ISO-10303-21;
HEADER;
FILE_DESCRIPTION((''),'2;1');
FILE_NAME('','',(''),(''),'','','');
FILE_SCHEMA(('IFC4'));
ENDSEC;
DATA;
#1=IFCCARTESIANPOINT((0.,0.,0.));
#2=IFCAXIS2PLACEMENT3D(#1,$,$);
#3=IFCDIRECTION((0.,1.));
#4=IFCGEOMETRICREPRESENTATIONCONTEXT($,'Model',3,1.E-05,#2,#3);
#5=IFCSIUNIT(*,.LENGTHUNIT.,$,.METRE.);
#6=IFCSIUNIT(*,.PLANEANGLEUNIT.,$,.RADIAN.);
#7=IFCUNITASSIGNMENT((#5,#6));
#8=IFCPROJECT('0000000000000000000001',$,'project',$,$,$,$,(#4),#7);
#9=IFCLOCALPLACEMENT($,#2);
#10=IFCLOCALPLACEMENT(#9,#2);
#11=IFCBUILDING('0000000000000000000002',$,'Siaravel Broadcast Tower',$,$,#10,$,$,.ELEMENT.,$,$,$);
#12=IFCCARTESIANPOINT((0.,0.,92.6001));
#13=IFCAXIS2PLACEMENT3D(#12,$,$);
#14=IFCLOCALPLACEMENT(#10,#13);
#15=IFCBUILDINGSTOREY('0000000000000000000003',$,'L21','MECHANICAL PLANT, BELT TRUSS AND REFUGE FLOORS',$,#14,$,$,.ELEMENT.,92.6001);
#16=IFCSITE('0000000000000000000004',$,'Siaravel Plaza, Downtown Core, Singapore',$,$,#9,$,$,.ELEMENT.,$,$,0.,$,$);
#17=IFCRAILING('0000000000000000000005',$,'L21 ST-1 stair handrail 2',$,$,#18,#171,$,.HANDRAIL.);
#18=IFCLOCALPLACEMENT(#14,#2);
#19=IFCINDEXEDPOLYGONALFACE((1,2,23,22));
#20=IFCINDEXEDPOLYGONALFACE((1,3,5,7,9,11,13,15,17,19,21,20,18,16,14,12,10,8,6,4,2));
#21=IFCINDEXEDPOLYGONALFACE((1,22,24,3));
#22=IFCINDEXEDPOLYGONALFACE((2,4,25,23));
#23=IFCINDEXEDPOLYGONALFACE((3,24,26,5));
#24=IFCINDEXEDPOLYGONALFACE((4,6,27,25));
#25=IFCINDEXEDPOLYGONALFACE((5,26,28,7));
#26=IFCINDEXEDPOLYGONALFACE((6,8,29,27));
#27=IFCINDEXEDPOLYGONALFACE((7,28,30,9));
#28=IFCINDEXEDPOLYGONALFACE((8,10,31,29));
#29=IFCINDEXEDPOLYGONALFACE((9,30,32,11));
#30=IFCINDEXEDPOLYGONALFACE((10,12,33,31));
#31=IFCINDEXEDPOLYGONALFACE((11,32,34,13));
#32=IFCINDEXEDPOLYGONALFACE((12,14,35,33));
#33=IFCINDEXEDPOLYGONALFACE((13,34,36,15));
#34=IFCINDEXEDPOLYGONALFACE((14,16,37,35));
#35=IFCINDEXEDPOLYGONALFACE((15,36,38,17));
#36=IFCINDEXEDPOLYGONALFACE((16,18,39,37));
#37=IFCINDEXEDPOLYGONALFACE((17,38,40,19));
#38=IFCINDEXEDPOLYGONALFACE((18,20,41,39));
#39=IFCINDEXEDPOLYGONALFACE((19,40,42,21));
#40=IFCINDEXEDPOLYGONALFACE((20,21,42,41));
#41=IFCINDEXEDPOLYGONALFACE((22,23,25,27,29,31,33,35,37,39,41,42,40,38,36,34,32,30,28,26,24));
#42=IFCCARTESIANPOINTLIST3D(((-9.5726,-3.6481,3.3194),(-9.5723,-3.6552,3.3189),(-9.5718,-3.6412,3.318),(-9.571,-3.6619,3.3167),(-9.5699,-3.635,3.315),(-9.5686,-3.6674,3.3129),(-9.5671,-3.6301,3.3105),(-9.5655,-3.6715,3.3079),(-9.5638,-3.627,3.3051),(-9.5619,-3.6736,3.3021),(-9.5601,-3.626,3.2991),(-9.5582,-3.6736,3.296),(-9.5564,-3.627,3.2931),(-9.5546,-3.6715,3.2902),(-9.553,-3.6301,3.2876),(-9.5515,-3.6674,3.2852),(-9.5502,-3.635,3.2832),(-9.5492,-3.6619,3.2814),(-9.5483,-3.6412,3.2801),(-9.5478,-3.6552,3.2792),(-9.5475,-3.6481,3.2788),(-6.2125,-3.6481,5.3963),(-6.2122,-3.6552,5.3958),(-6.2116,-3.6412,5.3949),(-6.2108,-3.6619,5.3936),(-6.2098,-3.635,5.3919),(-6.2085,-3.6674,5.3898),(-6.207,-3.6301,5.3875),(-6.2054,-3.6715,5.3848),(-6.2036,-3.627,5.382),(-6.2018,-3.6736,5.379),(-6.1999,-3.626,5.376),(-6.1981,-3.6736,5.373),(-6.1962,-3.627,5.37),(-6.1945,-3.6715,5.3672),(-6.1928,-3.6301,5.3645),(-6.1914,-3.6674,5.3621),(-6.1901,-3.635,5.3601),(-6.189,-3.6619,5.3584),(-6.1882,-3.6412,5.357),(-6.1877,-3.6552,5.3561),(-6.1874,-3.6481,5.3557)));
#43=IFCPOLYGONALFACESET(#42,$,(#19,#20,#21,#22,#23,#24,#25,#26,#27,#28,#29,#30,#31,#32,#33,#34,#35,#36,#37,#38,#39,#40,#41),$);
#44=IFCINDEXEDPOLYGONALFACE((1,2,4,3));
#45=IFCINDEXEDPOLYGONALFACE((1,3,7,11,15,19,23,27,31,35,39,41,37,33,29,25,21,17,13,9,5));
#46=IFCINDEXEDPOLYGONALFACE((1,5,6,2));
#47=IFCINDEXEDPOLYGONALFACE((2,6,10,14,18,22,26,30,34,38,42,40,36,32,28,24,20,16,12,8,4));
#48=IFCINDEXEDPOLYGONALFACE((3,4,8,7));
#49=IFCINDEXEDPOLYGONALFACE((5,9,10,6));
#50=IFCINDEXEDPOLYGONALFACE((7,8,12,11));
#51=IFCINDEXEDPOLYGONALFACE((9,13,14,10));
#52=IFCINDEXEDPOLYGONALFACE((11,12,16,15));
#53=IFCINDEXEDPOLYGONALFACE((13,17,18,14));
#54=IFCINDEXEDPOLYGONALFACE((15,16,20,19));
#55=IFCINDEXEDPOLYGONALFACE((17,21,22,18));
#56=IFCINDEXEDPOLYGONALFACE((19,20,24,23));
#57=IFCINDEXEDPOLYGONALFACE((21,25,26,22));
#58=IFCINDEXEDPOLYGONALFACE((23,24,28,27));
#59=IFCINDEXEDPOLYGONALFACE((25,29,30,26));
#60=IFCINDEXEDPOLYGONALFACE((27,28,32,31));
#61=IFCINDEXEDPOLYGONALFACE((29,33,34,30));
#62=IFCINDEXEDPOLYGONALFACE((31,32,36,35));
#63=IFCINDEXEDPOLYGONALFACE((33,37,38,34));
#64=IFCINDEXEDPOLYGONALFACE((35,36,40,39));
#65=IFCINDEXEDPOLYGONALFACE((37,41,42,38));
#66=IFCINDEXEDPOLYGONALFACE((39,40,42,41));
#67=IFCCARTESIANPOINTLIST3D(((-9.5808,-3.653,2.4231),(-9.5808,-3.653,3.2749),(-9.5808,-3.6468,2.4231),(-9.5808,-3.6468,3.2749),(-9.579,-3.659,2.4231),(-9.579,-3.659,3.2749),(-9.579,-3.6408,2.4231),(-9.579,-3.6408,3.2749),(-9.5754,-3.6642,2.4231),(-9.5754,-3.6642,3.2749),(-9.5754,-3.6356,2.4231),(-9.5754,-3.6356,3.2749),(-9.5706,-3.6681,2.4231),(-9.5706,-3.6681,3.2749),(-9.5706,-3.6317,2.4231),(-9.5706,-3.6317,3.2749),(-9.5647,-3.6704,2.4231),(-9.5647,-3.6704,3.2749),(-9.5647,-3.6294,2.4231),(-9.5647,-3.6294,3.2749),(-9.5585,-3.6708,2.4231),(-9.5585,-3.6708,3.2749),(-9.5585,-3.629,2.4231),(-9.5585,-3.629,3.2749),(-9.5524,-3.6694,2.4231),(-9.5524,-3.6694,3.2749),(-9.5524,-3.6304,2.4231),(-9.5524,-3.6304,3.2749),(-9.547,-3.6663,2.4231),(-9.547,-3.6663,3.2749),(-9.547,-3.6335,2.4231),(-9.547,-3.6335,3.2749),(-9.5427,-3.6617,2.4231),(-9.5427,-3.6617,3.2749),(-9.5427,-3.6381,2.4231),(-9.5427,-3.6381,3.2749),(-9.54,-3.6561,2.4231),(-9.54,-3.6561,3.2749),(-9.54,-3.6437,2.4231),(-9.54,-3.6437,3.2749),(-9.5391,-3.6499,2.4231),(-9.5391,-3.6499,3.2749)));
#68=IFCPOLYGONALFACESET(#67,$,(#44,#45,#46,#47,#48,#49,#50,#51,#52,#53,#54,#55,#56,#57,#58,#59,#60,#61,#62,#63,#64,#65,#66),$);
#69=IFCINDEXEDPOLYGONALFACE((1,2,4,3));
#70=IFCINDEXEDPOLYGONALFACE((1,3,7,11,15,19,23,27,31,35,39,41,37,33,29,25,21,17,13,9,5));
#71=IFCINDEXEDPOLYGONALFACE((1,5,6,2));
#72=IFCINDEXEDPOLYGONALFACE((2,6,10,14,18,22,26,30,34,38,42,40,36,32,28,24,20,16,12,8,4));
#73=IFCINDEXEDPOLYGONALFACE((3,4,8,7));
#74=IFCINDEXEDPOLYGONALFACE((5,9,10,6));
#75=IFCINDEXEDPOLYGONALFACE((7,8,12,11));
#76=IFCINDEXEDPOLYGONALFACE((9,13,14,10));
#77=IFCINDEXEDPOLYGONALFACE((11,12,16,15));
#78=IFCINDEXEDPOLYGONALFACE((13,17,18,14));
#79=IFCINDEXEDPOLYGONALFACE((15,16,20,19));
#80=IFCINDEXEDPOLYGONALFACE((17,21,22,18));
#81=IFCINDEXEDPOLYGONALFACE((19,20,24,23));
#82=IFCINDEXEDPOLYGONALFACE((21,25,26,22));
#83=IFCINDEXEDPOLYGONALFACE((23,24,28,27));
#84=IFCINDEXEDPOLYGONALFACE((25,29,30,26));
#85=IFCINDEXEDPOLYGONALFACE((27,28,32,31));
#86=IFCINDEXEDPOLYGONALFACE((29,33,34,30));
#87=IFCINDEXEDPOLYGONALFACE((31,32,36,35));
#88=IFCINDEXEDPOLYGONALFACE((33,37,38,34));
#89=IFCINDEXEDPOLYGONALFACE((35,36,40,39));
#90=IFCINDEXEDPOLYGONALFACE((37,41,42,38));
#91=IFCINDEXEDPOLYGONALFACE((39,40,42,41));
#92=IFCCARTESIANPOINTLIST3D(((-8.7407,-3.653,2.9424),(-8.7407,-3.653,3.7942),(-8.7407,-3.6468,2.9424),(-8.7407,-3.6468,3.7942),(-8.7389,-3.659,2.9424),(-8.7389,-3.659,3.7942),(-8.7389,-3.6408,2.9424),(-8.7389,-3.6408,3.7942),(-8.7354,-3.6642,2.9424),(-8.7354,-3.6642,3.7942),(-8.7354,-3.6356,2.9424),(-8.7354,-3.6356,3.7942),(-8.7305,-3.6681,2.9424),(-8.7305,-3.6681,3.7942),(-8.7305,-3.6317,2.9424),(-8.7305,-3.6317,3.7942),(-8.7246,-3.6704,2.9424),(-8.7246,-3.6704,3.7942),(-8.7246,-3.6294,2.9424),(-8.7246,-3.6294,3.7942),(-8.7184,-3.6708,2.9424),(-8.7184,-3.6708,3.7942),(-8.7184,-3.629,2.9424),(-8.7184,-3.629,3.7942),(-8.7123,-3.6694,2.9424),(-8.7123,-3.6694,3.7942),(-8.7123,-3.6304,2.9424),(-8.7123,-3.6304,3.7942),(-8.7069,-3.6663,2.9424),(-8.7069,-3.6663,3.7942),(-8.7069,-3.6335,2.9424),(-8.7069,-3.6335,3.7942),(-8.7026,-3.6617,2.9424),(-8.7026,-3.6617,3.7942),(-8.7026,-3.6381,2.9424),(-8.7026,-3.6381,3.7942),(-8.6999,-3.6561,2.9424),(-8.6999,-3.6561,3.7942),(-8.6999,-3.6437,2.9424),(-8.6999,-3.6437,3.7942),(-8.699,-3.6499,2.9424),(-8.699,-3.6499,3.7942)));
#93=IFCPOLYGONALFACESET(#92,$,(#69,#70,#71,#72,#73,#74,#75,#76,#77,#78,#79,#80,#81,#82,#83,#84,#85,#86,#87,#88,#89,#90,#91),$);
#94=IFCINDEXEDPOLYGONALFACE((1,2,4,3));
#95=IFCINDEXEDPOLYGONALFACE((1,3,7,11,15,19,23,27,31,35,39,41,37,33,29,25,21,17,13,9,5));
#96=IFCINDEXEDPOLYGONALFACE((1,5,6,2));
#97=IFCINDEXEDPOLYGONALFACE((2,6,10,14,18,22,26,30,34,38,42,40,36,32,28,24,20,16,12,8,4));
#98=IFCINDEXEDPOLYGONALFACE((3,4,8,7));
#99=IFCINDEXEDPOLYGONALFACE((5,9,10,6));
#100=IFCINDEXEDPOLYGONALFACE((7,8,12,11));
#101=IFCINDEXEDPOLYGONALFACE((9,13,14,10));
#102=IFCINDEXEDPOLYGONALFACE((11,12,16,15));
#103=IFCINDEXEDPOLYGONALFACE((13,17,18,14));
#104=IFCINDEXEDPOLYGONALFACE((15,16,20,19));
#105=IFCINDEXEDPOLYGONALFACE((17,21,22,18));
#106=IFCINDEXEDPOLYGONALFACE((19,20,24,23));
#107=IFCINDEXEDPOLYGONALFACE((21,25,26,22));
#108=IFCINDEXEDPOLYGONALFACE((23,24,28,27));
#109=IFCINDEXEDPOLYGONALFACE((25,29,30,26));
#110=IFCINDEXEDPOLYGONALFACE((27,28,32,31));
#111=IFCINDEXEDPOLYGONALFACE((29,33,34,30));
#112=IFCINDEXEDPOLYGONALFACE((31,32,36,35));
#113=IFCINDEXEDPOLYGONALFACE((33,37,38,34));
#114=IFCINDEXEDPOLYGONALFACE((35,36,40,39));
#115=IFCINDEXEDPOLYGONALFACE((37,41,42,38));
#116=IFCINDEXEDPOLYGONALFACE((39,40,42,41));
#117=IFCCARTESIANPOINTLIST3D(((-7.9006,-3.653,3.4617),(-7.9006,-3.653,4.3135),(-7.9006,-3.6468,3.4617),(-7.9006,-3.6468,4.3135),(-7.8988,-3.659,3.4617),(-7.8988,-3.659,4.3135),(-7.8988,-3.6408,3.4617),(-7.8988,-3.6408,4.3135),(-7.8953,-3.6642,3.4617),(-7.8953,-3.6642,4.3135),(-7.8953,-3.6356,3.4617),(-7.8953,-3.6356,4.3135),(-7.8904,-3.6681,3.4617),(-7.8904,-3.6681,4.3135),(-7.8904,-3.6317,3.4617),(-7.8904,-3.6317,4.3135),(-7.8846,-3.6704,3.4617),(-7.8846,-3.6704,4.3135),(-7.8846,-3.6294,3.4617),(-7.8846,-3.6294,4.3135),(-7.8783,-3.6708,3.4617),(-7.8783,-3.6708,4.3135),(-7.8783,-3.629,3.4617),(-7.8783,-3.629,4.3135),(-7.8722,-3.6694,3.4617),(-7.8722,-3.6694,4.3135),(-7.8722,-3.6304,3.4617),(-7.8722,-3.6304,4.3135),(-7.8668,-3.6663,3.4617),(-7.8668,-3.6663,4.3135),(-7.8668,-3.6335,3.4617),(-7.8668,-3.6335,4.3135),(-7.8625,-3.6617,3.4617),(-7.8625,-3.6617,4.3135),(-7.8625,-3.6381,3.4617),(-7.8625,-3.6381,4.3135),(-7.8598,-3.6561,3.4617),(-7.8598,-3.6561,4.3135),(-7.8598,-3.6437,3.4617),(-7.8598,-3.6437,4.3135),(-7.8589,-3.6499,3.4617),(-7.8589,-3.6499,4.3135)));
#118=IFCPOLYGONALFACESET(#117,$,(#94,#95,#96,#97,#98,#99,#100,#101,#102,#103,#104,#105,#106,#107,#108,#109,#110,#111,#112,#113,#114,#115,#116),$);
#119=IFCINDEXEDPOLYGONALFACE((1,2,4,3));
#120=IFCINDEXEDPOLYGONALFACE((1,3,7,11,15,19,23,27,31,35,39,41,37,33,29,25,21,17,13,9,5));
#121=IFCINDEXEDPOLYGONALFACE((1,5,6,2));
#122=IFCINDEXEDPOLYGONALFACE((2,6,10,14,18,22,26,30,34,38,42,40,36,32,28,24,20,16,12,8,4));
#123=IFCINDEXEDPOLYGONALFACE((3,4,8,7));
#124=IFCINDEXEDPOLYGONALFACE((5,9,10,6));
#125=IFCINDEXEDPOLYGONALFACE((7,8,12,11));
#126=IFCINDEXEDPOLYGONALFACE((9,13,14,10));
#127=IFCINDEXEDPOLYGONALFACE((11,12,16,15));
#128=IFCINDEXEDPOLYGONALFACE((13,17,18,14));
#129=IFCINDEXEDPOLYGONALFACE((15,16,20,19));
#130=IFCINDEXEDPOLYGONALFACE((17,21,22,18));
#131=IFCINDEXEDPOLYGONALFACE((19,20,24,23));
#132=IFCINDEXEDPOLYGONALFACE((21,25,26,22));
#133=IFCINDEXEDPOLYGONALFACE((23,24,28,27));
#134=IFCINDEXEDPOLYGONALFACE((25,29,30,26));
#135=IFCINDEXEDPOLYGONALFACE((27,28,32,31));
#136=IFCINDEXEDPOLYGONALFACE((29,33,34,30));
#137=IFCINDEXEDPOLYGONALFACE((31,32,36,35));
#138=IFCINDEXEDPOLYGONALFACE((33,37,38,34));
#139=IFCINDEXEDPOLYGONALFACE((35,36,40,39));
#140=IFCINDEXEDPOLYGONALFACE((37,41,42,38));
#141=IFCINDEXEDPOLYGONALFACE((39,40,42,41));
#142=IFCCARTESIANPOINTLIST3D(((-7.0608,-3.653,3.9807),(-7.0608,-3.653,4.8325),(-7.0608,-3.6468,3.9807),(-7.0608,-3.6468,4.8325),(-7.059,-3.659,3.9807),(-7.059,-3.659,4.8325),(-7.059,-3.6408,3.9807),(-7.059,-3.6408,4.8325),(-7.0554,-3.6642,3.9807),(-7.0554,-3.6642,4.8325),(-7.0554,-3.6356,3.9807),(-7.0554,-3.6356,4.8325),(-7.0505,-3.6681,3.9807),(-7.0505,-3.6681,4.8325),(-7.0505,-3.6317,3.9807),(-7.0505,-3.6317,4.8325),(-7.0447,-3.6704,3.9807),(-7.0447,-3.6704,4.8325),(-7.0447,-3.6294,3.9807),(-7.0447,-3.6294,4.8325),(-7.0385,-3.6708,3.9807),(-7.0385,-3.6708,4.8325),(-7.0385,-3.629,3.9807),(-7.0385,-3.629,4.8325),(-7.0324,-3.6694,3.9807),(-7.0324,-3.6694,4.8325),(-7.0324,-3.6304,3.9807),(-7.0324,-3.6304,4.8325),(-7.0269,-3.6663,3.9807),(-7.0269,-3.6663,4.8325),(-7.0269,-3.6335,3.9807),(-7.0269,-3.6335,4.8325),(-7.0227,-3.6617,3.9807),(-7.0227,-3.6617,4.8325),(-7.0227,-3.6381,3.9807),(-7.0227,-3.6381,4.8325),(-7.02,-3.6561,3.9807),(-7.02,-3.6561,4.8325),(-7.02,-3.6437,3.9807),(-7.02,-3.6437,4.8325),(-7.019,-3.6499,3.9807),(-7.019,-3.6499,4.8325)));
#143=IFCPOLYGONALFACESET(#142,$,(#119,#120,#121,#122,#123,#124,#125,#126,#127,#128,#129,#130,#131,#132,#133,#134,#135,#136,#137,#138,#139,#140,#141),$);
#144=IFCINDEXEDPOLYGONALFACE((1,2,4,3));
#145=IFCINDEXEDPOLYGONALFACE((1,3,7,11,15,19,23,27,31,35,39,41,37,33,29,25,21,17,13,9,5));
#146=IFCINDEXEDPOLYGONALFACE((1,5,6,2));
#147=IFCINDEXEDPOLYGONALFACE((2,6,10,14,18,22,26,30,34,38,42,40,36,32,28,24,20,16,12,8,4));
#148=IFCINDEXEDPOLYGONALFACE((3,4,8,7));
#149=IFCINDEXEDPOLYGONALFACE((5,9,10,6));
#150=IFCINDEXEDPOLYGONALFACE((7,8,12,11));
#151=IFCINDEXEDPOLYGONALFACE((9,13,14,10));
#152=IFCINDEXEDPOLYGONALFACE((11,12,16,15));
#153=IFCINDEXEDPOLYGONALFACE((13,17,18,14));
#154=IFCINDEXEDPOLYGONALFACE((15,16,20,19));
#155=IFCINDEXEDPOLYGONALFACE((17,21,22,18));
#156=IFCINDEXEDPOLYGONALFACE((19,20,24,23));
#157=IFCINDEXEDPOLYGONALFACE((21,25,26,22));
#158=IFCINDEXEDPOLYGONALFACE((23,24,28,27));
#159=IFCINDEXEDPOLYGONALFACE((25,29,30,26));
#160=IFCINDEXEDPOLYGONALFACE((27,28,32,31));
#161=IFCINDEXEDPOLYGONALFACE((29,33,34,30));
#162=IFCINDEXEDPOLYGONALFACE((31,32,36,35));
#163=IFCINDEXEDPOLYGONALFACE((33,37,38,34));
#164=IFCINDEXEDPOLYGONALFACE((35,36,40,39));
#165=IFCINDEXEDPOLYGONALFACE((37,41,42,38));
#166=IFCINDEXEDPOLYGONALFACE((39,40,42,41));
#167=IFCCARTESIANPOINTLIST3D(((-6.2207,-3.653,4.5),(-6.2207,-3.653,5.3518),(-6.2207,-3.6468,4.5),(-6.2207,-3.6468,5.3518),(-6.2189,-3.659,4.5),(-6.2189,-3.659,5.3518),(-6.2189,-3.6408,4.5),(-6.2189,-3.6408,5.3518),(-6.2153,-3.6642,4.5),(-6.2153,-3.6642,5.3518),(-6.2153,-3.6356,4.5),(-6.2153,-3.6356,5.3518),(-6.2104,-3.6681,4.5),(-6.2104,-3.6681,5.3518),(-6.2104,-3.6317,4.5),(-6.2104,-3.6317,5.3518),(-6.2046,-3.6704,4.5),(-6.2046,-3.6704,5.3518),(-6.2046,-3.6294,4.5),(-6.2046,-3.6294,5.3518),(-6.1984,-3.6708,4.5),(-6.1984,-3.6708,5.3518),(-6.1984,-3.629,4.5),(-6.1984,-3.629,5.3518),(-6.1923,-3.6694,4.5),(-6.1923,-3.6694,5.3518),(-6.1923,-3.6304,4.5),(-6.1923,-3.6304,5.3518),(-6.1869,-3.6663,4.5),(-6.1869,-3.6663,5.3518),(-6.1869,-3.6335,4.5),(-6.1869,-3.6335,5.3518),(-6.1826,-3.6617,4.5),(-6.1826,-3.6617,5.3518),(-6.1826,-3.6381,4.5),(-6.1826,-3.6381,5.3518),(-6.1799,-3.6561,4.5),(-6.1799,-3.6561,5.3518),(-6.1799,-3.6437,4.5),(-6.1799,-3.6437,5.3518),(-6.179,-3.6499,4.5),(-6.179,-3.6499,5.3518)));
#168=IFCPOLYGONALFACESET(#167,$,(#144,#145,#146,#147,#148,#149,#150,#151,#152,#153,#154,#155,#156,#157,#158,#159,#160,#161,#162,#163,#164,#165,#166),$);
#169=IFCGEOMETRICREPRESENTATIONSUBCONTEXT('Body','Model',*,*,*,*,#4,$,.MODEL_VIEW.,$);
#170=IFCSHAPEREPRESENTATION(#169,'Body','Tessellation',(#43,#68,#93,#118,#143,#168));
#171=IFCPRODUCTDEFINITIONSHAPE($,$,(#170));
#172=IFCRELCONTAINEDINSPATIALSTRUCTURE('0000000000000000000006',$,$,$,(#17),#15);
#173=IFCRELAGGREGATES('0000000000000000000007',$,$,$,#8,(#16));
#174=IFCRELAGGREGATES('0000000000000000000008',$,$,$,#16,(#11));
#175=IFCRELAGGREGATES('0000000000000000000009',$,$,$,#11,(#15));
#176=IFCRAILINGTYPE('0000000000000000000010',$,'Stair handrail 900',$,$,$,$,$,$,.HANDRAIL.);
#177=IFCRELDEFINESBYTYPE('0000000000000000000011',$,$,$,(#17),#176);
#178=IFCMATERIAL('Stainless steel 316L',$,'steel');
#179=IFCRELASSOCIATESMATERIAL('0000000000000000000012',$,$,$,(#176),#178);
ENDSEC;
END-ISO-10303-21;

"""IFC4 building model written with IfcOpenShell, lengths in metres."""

from ifc_helpers import new_model, si_unit, direction, frame, origin, origin_2d, place, context, subcontext, project, spatial, circle, extrude, material, type_object, element, save


model = new_model("IFC4")

# Units and contexts
model_context = context("Model", 3, precision=1e-05, world=origin(), true_north=direction((0.0, 1.0)))
body_context = subcontext(model_context, "Body", "Model", "MODEL_VIEW")
ifc_project = project(units=[si_unit("LENGTHUNIT", "METRE"), si_unit("PLANEANGLEUNIT", "RADIAN")], contexts=[model_context])

# Site, building, storey
site_placement = place(None, origin())
site = spatial("IfcSite", under=ifc_project, at=site_placement, Name="Siaravel Plaza, Downtown Core, Singapore", CompositionType="ELEMENT", RefElevation=0.0)
building_placement = place(site_placement, origin())
building = spatial("IfcBuilding", under=site, at=building_placement, Name="Siaravel Broadcast Tower", CompositionType="ELEMENT")
storey_placement = place(building_placement, frame((0.0, 0.0, 92.6001)))
storey = spatial("IfcBuildingStorey", under=building, at=storey_placement, Name="L21", Description="MECHANICAL PLANT, BELT TRUSS AND REFUGE FLOORS", CompositionType="ELEMENT", Elevation=92.6001)

# Railing
ifc_material_1 = material(Name="Stainless steel 316L", Category="steel")
railing_type_1 = type_object("IfcRailingType", Name="Stair handrail 900", PredefinedType="HANDRAIL", material=ifc_material_1)
railing_1_placement = place(storey_placement, frame((-9.5601, -3.6499, 2.4231)))
element("IfcRailing", 1, at=railing_1_placement, inside=storey, type_object=railing_type_1, Name="L21 ST-1 stair handrail 2", PredefinedType="HANDRAIL", context=body_context, shape_type="SweptSolid", body=[
    extrude(circle(Radius=0.0239, at=origin_2d()), frame((0.0, 0.0, 0.876), z_axis=(0.850623, 0.0, 0.525776), x_axis=(0.0, 1.0, 0.0)), (0.0, 0.0, 1.0), 3.9502),
    extrude(circle(Radius=0.021, at=origin_2d()), origin(), (0.0, 0.0, 1.0), 0.8518),
    extrude(circle(Radius=0.021, at=origin_2d()), frame((0.8401, 0.0, 0.5193)), (0.0, 0.0, 1.0), 0.8518),
    extrude(circle(Radius=0.021, at=origin_2d()), frame((1.6802, 0.0, 1.0386)), (0.0, 0.0, 1.0), 0.8518),
    extrude(circle(Radius=0.021, at=origin_2d()), frame((2.52, 0.0, 1.5576)), (0.0, 0.0, 1.0), 0.8518),
    extrude(circle(Radius=0.021, at=origin_2d()), frame((3.3601, 0.0, 2.0769)), (0.0, 0.0, 1.0), 0.8518),
])

save(model, "model.ifc")
